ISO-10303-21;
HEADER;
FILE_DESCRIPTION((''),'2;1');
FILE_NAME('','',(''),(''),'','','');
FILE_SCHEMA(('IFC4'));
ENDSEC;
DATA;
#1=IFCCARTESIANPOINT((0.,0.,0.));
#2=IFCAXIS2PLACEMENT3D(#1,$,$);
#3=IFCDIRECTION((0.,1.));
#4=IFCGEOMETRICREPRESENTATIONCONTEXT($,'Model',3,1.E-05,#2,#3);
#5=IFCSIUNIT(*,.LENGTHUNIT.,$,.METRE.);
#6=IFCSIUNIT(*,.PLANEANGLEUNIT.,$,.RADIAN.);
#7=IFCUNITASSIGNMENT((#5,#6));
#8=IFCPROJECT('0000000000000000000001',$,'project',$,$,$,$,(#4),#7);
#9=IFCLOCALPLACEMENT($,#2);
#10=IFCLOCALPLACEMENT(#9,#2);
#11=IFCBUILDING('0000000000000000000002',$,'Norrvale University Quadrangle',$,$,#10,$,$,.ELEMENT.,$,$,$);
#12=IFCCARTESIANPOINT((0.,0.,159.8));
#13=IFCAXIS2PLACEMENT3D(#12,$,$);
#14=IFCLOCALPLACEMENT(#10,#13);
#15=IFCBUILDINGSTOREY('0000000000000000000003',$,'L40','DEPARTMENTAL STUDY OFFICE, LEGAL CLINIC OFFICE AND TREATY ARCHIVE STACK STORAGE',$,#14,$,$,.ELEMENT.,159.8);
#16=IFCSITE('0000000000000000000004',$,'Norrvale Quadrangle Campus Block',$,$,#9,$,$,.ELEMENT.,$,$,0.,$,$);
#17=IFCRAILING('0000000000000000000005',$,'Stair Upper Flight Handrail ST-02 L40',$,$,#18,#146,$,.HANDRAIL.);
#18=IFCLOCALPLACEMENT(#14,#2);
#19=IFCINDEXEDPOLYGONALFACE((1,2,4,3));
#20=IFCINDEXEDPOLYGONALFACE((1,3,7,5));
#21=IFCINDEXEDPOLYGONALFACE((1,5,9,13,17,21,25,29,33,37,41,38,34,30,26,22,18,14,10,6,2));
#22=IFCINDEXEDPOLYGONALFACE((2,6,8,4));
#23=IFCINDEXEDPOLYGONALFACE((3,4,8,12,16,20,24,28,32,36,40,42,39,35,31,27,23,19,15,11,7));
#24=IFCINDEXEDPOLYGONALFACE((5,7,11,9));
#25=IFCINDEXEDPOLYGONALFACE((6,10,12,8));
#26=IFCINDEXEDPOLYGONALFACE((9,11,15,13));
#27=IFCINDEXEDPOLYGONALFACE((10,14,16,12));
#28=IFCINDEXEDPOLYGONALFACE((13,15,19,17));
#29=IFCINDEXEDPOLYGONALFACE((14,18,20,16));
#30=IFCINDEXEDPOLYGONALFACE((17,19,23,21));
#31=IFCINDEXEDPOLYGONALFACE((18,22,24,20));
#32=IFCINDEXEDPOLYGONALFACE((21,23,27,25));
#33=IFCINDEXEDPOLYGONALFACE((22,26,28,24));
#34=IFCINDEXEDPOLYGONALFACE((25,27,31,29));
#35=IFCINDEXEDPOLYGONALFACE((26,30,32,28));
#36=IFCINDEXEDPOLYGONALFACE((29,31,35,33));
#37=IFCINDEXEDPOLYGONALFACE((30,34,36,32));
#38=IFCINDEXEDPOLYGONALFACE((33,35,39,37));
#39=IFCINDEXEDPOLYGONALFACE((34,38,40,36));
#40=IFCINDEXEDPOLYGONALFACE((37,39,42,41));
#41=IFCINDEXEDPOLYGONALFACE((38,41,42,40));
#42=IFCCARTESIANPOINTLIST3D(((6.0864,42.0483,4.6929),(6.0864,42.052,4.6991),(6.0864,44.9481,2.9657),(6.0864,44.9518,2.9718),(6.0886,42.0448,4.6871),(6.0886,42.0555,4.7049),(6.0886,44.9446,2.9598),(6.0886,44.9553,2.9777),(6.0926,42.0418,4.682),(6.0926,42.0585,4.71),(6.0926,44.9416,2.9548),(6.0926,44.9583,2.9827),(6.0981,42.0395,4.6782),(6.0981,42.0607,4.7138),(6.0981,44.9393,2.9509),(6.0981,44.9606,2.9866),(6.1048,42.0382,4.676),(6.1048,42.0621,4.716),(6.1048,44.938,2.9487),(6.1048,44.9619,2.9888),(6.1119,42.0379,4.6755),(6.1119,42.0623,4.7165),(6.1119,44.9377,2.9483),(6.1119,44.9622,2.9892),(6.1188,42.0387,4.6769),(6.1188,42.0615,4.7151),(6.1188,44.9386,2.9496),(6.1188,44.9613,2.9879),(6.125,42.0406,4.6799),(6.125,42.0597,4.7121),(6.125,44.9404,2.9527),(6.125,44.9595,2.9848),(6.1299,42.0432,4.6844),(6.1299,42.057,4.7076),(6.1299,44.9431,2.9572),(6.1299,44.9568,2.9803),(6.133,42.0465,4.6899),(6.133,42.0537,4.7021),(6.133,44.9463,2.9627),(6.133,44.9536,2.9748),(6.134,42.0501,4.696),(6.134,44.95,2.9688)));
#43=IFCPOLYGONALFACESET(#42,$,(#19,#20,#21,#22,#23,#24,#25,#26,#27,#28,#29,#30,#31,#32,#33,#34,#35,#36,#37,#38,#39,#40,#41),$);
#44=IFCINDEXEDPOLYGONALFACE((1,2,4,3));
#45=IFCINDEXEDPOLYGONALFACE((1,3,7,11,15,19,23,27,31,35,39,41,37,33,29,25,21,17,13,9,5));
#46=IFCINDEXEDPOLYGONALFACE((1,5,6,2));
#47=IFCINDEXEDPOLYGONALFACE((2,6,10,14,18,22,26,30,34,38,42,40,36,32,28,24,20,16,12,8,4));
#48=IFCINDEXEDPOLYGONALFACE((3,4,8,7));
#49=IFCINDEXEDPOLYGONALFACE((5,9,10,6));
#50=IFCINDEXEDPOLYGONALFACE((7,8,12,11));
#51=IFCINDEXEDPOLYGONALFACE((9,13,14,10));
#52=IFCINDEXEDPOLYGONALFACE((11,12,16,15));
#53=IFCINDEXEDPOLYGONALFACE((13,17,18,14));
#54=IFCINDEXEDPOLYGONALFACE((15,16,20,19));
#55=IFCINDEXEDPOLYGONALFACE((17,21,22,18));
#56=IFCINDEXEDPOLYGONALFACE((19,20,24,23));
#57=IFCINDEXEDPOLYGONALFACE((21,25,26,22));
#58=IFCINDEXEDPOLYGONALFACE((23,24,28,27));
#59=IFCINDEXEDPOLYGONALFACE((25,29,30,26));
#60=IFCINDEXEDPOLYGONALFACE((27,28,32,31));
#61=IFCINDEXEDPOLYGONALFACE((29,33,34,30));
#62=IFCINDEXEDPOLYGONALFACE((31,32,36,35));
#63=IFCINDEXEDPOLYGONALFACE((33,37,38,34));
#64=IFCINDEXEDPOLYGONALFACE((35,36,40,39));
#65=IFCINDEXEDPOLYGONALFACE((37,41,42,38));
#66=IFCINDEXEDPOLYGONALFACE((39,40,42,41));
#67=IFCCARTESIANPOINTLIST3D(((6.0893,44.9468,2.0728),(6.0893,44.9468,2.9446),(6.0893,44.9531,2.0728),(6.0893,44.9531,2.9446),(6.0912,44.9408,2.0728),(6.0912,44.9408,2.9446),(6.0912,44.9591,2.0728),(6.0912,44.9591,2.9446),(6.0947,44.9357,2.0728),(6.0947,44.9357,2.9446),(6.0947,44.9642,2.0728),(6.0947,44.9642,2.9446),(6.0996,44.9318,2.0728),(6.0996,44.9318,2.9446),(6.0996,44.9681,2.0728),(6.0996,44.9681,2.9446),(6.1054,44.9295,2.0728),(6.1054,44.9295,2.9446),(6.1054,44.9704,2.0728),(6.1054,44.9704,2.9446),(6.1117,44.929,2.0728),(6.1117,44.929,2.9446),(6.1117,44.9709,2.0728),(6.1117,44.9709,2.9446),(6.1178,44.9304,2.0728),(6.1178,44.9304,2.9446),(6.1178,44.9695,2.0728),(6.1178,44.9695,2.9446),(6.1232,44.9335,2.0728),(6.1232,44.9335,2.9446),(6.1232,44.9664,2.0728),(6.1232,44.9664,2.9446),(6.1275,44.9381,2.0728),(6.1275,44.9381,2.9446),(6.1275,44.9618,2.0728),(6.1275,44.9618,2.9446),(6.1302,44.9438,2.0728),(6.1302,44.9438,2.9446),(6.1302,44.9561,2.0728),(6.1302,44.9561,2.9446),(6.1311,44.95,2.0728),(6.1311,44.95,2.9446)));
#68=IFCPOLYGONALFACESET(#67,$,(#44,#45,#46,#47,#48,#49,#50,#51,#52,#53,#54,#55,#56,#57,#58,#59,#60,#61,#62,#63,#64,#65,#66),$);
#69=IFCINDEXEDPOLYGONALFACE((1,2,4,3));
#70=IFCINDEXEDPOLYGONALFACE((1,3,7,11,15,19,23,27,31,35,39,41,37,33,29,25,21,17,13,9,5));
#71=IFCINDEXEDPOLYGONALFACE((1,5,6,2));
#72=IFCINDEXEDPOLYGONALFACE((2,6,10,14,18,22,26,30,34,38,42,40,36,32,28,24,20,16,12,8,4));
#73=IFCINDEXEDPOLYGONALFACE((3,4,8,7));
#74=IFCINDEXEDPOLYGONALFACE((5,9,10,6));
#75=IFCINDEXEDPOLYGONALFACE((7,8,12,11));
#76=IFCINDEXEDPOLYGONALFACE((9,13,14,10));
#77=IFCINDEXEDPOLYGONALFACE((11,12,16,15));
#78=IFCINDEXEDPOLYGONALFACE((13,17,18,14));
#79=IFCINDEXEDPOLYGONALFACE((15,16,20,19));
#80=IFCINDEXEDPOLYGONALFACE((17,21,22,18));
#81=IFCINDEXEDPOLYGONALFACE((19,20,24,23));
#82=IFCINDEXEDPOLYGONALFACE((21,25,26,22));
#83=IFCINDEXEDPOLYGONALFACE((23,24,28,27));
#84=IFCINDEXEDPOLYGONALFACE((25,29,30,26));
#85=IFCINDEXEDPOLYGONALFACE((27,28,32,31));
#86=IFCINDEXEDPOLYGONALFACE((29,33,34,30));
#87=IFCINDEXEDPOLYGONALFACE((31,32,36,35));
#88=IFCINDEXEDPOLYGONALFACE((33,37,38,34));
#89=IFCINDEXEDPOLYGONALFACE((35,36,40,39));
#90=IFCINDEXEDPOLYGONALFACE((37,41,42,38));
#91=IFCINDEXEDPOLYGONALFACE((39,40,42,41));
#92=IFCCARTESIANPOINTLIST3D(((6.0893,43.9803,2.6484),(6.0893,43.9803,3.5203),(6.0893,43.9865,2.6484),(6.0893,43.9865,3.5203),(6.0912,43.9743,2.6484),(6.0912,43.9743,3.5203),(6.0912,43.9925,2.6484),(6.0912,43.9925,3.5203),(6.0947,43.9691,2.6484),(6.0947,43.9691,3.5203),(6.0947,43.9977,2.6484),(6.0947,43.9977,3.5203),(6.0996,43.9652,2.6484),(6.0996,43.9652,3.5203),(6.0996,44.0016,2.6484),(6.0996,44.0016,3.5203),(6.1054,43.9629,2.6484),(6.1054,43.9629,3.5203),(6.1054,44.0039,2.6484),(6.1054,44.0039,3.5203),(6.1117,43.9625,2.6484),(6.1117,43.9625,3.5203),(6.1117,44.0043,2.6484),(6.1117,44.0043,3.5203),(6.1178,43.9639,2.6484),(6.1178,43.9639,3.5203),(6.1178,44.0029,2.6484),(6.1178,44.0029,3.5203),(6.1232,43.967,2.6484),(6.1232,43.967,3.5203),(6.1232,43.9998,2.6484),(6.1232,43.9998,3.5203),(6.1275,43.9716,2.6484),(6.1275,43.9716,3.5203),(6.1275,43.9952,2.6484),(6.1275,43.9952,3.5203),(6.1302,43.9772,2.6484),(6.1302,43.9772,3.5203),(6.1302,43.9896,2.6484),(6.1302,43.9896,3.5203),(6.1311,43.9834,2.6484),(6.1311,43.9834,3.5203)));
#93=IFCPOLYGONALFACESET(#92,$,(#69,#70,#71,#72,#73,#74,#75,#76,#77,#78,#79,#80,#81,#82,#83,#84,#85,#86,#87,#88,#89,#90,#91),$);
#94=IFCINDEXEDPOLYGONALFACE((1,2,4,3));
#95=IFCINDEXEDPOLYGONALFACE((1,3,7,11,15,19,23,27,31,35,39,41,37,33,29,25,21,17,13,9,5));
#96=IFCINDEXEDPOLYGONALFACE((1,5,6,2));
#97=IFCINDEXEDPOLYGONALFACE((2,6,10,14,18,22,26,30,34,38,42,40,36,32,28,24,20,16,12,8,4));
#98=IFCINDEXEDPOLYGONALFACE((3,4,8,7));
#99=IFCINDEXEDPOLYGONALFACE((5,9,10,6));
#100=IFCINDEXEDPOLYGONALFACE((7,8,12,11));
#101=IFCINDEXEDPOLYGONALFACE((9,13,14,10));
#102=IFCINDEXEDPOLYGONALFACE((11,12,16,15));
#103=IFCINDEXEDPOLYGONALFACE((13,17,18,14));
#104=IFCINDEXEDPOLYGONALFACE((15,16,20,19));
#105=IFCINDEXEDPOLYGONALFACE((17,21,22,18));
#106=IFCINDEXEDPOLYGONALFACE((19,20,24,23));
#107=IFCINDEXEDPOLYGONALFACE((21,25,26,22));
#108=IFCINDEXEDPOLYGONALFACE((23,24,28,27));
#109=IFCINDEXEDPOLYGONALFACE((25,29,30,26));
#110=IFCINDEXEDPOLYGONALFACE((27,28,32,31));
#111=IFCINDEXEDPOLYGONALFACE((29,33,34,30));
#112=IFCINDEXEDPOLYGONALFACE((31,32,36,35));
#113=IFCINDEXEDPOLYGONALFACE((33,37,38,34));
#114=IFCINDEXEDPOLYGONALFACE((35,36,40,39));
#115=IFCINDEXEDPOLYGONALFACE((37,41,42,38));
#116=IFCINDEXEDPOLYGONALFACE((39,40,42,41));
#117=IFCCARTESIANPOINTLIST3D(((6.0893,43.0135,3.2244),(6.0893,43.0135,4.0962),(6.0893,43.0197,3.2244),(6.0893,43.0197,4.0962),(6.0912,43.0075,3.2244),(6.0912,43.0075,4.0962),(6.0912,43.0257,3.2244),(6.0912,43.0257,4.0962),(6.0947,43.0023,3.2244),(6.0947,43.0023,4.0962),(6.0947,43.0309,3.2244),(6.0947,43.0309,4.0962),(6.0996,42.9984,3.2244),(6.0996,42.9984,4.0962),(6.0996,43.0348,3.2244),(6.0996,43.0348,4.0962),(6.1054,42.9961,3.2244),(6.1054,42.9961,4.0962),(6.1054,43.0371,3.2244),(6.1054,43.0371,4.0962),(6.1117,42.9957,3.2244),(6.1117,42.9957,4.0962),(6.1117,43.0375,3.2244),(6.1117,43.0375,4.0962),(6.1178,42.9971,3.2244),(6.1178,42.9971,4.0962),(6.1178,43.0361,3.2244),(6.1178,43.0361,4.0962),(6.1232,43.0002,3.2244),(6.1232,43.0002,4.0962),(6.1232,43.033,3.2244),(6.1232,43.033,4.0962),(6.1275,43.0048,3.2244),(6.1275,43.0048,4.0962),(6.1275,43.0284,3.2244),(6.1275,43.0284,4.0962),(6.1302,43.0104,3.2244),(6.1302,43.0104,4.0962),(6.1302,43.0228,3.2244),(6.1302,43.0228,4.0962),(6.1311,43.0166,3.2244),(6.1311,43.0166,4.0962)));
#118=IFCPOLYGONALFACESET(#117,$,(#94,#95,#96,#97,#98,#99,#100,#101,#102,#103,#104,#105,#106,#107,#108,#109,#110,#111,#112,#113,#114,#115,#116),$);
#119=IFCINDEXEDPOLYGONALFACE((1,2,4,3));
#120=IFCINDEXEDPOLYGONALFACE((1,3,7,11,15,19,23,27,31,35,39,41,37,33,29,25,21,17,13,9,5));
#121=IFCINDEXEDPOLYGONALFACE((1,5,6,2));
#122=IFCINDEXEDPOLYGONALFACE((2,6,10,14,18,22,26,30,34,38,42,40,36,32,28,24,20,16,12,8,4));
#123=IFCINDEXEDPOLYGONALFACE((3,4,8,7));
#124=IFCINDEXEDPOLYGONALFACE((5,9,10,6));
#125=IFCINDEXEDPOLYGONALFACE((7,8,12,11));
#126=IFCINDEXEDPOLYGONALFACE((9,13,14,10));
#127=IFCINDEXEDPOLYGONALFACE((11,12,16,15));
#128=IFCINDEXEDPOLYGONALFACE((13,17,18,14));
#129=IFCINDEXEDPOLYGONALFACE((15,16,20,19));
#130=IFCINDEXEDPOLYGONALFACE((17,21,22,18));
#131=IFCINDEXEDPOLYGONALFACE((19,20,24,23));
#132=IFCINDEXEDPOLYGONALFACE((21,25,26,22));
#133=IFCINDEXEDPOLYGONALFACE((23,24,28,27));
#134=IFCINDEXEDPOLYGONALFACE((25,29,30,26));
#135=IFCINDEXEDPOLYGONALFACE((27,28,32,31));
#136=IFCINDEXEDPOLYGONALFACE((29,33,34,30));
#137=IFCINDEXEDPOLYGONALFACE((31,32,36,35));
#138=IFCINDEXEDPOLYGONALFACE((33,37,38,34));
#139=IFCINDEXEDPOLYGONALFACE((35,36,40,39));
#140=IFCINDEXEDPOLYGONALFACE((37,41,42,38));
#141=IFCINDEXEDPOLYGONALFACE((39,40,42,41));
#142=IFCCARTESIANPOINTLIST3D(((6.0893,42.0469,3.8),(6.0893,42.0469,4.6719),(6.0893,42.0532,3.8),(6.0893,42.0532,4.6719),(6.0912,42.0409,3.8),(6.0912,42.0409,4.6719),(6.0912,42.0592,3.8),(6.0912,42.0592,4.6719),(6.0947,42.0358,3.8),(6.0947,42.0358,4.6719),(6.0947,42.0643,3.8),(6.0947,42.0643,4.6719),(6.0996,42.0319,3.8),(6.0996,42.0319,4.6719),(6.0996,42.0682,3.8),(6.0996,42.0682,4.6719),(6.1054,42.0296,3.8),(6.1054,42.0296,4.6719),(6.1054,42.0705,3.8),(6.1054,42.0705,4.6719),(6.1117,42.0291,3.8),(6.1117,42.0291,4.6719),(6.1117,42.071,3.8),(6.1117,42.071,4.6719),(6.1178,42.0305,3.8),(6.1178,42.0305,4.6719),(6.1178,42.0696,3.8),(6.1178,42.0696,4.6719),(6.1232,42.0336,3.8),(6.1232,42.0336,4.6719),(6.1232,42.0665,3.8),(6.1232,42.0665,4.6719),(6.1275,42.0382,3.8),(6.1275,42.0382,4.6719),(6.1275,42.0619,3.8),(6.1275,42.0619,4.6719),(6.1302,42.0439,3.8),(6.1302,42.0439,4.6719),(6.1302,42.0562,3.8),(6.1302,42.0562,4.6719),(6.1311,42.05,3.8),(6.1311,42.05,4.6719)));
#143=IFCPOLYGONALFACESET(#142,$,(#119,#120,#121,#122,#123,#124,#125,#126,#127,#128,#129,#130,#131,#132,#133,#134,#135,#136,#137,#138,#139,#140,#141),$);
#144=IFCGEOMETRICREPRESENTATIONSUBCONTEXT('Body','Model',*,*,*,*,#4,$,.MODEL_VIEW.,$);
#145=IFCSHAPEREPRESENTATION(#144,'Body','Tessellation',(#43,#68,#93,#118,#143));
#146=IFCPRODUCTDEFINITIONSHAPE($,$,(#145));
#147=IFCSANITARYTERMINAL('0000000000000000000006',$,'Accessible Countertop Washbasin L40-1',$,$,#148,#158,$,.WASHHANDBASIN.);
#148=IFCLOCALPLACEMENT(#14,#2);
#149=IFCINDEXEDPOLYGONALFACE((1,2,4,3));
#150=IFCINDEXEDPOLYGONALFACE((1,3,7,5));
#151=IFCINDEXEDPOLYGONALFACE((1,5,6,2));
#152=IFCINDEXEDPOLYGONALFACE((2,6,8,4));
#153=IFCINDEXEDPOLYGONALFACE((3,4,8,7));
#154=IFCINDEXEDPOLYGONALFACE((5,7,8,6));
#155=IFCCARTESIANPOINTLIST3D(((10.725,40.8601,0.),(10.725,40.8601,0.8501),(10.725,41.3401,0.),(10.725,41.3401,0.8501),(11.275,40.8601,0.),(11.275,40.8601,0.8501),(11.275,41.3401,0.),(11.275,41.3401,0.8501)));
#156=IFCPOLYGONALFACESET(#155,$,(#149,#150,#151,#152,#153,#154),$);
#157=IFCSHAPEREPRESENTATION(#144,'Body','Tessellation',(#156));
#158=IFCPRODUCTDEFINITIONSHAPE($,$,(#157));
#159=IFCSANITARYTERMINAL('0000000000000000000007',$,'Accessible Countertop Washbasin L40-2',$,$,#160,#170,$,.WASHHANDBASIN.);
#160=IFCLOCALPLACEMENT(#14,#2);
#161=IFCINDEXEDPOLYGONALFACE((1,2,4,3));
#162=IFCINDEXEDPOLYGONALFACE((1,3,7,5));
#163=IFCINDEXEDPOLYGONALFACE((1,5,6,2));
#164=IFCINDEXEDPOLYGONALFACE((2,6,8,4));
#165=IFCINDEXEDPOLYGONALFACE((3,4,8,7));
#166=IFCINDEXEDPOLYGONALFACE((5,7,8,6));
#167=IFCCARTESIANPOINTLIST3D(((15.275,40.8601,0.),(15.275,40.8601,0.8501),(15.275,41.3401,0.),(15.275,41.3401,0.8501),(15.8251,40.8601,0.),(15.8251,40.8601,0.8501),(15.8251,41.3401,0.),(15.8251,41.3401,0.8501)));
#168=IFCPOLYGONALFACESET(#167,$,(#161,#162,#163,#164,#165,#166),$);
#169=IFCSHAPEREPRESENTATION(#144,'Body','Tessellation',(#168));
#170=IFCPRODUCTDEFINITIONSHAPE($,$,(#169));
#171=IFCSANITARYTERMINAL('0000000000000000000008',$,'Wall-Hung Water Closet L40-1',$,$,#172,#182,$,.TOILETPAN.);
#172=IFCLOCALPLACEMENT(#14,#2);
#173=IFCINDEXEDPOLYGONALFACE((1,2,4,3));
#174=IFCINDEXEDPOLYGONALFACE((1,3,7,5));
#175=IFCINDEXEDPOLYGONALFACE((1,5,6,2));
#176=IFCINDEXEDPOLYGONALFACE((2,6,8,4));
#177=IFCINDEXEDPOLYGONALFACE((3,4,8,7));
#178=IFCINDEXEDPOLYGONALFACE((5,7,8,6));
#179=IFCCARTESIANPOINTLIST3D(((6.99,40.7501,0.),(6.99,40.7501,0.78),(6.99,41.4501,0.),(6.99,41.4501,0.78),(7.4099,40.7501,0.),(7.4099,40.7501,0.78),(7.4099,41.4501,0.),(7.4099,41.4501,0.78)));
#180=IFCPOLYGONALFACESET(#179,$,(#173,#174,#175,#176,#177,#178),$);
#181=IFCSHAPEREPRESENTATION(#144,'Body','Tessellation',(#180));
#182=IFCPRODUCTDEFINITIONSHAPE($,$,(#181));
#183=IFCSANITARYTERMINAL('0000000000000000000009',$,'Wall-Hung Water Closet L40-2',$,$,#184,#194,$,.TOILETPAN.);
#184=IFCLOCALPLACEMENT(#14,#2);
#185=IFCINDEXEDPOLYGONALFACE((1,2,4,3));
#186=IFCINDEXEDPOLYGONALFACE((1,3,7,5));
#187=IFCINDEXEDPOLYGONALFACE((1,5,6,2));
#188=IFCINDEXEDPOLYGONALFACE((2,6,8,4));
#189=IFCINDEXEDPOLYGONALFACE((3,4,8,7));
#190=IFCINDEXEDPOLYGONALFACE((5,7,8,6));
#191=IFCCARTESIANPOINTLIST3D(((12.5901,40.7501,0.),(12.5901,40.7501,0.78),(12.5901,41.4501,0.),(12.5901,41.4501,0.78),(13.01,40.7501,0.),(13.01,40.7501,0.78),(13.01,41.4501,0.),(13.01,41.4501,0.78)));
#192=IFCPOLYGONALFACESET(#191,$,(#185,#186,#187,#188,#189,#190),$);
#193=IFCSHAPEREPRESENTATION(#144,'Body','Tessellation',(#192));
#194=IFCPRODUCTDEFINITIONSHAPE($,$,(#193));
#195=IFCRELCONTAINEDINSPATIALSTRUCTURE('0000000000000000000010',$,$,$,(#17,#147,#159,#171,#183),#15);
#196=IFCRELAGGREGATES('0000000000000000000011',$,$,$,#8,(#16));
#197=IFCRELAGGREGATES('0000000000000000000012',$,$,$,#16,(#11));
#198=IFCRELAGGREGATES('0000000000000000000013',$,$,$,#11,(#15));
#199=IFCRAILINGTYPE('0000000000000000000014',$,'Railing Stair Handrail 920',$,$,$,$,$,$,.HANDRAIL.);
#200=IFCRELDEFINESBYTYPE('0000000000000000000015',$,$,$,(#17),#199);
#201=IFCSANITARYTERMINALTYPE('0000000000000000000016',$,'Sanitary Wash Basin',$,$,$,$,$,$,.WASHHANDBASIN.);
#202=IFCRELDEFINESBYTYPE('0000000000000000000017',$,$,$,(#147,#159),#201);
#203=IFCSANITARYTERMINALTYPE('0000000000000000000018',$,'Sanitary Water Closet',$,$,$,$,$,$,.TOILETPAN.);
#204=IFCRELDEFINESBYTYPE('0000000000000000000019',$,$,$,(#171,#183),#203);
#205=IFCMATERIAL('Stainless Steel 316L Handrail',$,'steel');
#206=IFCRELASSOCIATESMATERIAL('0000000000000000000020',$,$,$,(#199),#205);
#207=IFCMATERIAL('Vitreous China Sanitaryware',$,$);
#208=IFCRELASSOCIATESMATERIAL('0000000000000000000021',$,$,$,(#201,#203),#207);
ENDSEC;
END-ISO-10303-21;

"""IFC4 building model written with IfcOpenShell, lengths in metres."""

from ifc_helpers import new_model, si_unit, direction, frame, origin, origin_2d, place, context, subcontext, project, spatial, rectangle, circle, extrude, material, type_object, element, save


model = new_model("IFC4")

# Units and contexts
model_context = context("Model", 3, precision=1e-05, world=origin(), true_north=direction((0.0, 1.0)))
body_context = subcontext(model_context, "Body", "Model", "MODEL_VIEW")
ifc_project = project(units=[si_unit("LENGTHUNIT", "METRE"), si_unit("PLANEANGLEUNIT", "RADIAN")], contexts=[model_context])

# Site, building, storey
site_placement = place(None, origin())
site = spatial("IfcSite", under=ifc_project, at=site_placement, Name="Norrvale Quadrangle Campus Block", CompositionType="ELEMENT", RefElevation=0.0)
building_placement = place(site_placement, origin())
building = spatial("IfcBuilding", under=site, at=building_placement, Name="Norrvale University Quadrangle", CompositionType="ELEMENT")
storey_placement = place(building_placement, frame((0.0, 0.0, 159.8)))
storey = spatial("IfcBuildingStorey", under=building, at=storey_placement, Name="L40", Description="DEPARTMENTAL STUDY OFFICE, LEGAL CLINIC OFFICE AND TREATY ARCHIVE STACK STORAGE", CompositionType="ELEMENT", Elevation=159.8)

# Railing
ifc_material_1 = material(Name="Stainless Steel 316L Handrail", Category="steel")
railing_type_1 = type_object("IfcRailingType", Name="Railing Stair Handrail 920", PredefinedType="HANDRAIL", material=ifc_material_1)
railing_1_placement = place(storey_placement, frame((6.1101, 44.95, 2.0728)))
element("IfcRailing", 1, at=railing_1_placement, inside=storey, type_object=railing_type_1, Name="Stair Upper Flight Handrail ST-02 L40", PredefinedType="HANDRAIL", context=body_context, shape_type="SweptSolid", body=[
    extrude(circle(Radius=0.0239, at=origin_2d()), frame((0.0, 0.0, 0.896), z_axis=(0.0, -0.859141, 0.511738), x_axis=(1.0, 0.0, 0.0)), (0.0, 0.0, 1.0), 3.3752),
    extrude(circle(Radius=0.021, at=origin_2d()), origin(), (0.0, 0.0, 1.0), 0.8718),
    extrude(circle(Radius=0.021, at=origin_2d()), frame((0.0, -0.9666, 0.5757)), (0.0, 0.0, 1.0), 0.8718),
    extrude(circle(Radius=0.021, at=origin_2d()), frame((0.0, -1.9333, 1.1516)), (0.0, 0.0, 1.0), 0.8718),
    extrude(circle(Radius=0.021, at=origin_2d()), frame((0.0, -2.8999, 1.7273)), (0.0, 0.0, 1.0), 0.8718),
])

# Sanitary terminals
ifc_material_2 = material(Name="Vitreous China Sanitaryware")
sanitary_terminal_type_1 = type_object("IfcSanitaryTerminalType", Name="Sanitary Wash Basin", PredefinedType="WASHHANDBASIN", material=ifc_material_2)
for number, where, z_axis, x_axis, name in (
    (2, (11.0, 41.1001, 0.0), (0.0, 0.0, 1.0), (1.0, 0.0, 0.0), "Accessible Countertop Washbasin L40-1"),
    (3, (15.55, 41.1001, 0.0), (0.0, 0.0, 1.0), (1.0, 0.0, 0.0), "Accessible Countertop Washbasin L40-2"),
):
    element("IfcSanitaryTerminal", number, at=place(storey_placement, frame(where, z_axis=z_axis, x_axis=x_axis)), inside=storey, type_object=sanitary_terminal_type_1, Name=name, PredefinedType="WASHHANDBASIN", context=body_context, shape_type="SweptSolid", body=[
        extrude(rectangle(XDim=0.55, YDim=0.48, at=origin_2d()), origin(), (0.0, 0.0, 1.0), 0.8501),
    ])
sanitary_terminal_type_2 = type_object("IfcSanitaryTerminalType", Name="Sanitary Water Closet", PredefinedType="TOILETPAN", material=ifc_material_2)
for number, where, z_axis, x_axis, name in (
    (4, (7.2, 41.1001, 0.0), (0.0, 0.0, 1.0), (1.0, 0.0, 0.0), "Wall-Hung Water Closet L40-1"),
    (5, (12.8, 41.1001, 0.0), (0.0, 0.0, 1.0), (1.0, 0.0, 0.0), "Wall-Hung Water Closet L40-2"),
):
    element("IfcSanitaryTerminal", number, at=place(storey_placement, frame(where, z_axis=z_axis, x_axis=x_axis)), inside=storey, type_object=sanitary_terminal_type_2, Name=name, PredefinedType="TOILETPAN", context=body_context, shape_type="SweptSolid", body=[
        extrude(rectangle(XDim=0.4199, YDim=0.7, at=origin_2d()), origin(), (0.0, 0.0, 1.0), 0.78),
    ])

save(model, "model.ifc")
